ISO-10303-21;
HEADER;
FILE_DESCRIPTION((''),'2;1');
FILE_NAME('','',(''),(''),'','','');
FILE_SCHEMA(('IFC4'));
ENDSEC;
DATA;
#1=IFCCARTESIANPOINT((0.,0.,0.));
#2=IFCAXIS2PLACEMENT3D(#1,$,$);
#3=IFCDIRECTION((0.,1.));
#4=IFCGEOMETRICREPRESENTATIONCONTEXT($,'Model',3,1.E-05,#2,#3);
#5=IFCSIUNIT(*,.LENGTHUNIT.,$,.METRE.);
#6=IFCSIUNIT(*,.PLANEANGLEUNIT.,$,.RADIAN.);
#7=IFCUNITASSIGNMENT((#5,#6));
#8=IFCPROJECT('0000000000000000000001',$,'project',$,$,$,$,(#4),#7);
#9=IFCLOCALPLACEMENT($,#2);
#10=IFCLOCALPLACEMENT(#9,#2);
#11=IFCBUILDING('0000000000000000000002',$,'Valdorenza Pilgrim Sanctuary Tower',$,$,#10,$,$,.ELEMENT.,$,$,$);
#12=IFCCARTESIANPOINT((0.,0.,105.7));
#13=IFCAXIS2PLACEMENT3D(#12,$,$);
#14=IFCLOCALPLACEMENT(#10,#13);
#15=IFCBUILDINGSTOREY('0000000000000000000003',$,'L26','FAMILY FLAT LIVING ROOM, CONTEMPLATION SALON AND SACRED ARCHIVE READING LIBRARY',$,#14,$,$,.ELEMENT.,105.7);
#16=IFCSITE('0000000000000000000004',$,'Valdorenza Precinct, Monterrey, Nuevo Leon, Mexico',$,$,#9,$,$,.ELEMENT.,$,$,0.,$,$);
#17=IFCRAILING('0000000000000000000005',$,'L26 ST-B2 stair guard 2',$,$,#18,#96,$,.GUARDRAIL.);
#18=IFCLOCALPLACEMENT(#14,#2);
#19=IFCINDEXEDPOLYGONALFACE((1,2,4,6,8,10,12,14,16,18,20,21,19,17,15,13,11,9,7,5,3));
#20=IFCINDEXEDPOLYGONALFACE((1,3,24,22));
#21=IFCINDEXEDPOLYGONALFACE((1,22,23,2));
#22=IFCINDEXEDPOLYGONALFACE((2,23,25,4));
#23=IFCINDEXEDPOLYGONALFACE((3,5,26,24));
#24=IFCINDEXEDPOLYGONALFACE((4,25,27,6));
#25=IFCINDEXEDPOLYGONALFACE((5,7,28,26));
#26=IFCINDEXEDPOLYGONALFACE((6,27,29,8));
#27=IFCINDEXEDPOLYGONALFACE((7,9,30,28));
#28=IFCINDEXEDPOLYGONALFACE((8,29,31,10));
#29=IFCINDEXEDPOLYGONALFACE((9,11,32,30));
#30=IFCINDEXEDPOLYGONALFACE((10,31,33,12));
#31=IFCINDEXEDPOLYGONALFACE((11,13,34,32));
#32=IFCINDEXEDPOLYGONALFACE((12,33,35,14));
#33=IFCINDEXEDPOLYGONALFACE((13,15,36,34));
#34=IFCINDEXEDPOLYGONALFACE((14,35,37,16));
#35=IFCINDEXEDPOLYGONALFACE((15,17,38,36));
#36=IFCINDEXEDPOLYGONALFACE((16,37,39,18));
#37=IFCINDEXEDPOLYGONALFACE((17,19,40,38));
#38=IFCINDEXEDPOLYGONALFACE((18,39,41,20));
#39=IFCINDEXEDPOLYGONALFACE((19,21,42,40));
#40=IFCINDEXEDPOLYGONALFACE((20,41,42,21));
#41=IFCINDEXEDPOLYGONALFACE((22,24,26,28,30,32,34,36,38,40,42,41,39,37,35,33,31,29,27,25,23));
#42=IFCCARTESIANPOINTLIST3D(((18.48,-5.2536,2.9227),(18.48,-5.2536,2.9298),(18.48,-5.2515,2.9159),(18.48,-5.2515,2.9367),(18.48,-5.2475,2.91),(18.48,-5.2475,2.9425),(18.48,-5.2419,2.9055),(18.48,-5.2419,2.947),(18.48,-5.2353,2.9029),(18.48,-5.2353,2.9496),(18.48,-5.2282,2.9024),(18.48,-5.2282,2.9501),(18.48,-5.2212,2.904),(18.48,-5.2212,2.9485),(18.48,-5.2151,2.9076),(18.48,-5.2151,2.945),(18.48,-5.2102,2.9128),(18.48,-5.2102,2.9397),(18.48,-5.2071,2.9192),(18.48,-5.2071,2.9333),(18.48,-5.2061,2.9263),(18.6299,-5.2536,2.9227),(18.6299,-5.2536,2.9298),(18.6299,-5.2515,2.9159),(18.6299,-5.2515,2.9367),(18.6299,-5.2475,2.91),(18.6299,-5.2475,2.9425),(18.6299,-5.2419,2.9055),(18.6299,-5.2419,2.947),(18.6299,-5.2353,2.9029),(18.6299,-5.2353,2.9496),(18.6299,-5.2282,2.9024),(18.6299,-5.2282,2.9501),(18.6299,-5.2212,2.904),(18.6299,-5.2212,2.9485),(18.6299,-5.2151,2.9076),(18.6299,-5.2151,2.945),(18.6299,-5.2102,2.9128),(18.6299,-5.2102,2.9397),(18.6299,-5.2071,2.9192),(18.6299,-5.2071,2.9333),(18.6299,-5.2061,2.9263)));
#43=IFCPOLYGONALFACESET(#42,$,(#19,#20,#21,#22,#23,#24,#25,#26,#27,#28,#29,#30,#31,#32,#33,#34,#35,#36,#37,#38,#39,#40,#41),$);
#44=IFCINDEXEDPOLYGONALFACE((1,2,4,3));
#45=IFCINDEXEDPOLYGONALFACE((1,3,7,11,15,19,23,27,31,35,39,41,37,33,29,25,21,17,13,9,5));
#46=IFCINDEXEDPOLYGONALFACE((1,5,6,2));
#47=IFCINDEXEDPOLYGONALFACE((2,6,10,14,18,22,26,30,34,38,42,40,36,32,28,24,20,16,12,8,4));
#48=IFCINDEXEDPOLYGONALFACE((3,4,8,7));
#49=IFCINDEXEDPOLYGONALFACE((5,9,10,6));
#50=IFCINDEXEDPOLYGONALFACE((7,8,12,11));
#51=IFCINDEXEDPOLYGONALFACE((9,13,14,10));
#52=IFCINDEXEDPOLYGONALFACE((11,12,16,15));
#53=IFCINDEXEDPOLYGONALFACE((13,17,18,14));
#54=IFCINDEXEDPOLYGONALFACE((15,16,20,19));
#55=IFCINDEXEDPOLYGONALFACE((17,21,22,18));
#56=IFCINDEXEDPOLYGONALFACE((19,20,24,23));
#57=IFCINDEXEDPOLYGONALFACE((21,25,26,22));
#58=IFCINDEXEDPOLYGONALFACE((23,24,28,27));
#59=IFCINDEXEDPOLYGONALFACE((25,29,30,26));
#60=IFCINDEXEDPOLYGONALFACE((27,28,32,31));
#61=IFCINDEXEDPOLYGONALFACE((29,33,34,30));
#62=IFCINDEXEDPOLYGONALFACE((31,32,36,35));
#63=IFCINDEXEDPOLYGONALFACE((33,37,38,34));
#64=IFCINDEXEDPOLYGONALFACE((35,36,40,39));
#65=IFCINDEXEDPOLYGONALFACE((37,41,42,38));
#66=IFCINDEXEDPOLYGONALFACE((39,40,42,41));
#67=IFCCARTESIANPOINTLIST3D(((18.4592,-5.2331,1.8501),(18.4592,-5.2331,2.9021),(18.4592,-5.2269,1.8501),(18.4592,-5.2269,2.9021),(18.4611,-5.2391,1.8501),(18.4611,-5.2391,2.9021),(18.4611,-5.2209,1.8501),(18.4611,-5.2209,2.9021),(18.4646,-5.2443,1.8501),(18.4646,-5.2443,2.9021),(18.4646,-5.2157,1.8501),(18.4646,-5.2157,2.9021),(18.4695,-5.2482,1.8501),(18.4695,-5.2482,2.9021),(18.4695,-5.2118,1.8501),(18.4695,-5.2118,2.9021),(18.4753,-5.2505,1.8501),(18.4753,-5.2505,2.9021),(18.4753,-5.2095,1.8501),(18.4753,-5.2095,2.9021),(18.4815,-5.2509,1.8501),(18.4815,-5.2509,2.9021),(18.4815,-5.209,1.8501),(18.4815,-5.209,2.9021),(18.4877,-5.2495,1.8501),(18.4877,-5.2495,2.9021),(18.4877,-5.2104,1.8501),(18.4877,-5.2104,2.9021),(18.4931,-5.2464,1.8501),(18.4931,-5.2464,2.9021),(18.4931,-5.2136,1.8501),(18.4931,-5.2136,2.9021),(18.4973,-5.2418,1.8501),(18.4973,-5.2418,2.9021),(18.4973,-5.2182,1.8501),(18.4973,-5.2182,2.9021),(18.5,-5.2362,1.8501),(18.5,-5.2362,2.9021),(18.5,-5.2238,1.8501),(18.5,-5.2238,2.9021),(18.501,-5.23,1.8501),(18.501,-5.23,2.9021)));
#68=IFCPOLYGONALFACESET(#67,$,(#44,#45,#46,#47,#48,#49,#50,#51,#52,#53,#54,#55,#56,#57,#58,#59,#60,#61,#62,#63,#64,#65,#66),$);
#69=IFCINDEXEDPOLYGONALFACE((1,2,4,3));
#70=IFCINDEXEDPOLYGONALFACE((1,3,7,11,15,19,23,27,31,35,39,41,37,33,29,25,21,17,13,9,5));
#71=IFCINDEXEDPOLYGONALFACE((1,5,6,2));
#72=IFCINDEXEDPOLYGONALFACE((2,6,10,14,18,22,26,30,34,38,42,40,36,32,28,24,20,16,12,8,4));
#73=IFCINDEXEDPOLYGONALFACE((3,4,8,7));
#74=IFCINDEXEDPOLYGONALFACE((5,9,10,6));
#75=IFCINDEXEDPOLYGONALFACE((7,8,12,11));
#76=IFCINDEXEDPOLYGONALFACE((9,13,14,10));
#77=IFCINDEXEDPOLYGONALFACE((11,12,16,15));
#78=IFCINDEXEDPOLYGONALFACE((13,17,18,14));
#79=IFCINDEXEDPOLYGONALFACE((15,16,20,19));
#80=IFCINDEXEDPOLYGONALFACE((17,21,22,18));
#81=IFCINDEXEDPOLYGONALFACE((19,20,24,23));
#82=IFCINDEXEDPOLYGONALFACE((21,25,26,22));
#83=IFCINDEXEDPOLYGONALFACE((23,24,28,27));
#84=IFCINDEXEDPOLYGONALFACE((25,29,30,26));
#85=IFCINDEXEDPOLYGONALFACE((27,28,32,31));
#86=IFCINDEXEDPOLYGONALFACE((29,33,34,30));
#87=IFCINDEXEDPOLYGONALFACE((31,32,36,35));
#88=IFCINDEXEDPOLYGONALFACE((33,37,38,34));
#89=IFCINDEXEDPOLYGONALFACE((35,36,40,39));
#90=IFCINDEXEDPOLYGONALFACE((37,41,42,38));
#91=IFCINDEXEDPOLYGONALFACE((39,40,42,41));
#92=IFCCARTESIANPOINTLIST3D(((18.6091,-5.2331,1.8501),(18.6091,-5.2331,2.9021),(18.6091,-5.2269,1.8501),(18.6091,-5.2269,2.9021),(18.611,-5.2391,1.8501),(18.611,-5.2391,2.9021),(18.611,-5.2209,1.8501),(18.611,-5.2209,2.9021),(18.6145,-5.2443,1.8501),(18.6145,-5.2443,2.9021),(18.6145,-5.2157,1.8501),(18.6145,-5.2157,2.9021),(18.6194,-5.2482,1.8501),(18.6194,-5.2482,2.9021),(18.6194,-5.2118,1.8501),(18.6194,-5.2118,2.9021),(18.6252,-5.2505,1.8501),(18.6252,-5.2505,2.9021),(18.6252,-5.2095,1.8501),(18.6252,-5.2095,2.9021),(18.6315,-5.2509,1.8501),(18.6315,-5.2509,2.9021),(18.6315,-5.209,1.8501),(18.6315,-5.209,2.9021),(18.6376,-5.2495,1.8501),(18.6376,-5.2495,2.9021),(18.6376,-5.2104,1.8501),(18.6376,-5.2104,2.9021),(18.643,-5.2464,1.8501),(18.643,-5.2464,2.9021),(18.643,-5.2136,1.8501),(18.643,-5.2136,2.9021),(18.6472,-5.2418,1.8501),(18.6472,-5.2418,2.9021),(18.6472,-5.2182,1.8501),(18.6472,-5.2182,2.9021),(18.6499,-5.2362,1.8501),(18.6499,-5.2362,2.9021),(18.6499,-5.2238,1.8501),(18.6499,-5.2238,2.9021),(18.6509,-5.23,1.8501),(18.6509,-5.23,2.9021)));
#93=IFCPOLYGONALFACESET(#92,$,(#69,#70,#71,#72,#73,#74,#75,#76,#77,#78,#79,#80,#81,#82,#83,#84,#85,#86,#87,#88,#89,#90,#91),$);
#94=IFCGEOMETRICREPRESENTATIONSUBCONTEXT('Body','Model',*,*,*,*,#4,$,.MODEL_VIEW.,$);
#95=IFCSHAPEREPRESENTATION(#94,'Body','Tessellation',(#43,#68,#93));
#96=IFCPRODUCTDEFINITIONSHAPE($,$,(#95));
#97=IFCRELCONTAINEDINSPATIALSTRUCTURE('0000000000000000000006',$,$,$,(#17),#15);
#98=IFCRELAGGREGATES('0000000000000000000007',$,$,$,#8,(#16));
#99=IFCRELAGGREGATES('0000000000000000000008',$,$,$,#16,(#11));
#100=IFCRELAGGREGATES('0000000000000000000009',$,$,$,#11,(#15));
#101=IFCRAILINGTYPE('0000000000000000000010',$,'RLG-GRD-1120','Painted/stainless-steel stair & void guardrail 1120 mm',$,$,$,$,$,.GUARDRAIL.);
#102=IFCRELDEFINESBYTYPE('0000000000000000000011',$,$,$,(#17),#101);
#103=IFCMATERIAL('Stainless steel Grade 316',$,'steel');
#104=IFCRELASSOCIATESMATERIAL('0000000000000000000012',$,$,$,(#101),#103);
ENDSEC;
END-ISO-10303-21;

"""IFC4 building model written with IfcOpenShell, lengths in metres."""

from ifc_helpers import new_model, si_unit, direction, frame, origin, origin_2d, place, context, subcontext, project, spatial, circle, extrude, material, type_object, element, save


model = new_model("IFC4")

# Units and contexts
model_context = context("Model", 3, precision=1e-05, world=origin(), true_north=direction((0.0, 1.0)))
body_context = subcontext(model_context, "Body", "Model", "MODEL_VIEW")
ifc_project = project(units=[si_unit("LENGTHUNIT", "METRE"), si_unit("PLANEANGLEUNIT", "RADIAN")], contexts=[model_context])

# Site, building, storey
site_placement = place(None, origin())
site = spatial("IfcSite", under=ifc_project, at=site_placement, Name="Valdorenza Precinct, Monterrey, Nuevo Leon, Mexico", CompositionType="ELEMENT", RefElevation=0.0)
building_placement = place(site_placement, origin())
building = spatial("IfcBuilding", under=site, at=building_placement, Name="Valdorenza Pilgrim Sanctuary Tower", CompositionType="ELEMENT")
storey_placement = place(building_placement, frame((0.0, 0.0, 105.7)))
storey = spatial("IfcBuildingStorey", under=building, at=storey_placement, Name="L26", Description="FAMILY FLAT LIVING ROOM, CONTEMPLATION SALON AND SACRED ARCHIVE READING LIBRARY", CompositionType="ELEMENT", Elevation=105.7)

# Railing
ifc_material_1 = material(Name="Stainless steel Grade 316", Category="steel")
railing_type_1 = type_object("IfcRailingType", Name="RLG-GRD-1120", Description="Painted/stainless-steel stair & void guardrail 1120 mm", PredefinedType="GUARDRAIL", material=ifc_material_1)
railing_1_placement = place(storey_placement, frame((18.48, -5.23, 1.8501)))
element("IfcRailing", 1, at=railing_1_placement, inside=storey, type_object=railing_type_1, Name="L26 ST-B2 stair guard 2", PredefinedType="GUARDRAIL", context=body_context, shape_type="SweptSolid", body=[
    extrude(circle(Radius=0.0239, at=origin_2d()), frame((0.0, 0.0, 1.0762), z_axis=(1.0, 0.0, 0.0), x_axis=(0.0, 1.0, 0.0)), (0.0, 0.0, 1.0), 0.1499),
    extrude(circle(Radius=0.021, at=origin_2d()), origin(), (0.0, 0.0, 1.0), 1.052),
    extrude(circle(Radius=0.021, at=origin_2d()), frame((0.1499, 0.0, 0.0)), (0.0, 0.0, 1.0), 1.052),
])

save(model, "model.ifc")
